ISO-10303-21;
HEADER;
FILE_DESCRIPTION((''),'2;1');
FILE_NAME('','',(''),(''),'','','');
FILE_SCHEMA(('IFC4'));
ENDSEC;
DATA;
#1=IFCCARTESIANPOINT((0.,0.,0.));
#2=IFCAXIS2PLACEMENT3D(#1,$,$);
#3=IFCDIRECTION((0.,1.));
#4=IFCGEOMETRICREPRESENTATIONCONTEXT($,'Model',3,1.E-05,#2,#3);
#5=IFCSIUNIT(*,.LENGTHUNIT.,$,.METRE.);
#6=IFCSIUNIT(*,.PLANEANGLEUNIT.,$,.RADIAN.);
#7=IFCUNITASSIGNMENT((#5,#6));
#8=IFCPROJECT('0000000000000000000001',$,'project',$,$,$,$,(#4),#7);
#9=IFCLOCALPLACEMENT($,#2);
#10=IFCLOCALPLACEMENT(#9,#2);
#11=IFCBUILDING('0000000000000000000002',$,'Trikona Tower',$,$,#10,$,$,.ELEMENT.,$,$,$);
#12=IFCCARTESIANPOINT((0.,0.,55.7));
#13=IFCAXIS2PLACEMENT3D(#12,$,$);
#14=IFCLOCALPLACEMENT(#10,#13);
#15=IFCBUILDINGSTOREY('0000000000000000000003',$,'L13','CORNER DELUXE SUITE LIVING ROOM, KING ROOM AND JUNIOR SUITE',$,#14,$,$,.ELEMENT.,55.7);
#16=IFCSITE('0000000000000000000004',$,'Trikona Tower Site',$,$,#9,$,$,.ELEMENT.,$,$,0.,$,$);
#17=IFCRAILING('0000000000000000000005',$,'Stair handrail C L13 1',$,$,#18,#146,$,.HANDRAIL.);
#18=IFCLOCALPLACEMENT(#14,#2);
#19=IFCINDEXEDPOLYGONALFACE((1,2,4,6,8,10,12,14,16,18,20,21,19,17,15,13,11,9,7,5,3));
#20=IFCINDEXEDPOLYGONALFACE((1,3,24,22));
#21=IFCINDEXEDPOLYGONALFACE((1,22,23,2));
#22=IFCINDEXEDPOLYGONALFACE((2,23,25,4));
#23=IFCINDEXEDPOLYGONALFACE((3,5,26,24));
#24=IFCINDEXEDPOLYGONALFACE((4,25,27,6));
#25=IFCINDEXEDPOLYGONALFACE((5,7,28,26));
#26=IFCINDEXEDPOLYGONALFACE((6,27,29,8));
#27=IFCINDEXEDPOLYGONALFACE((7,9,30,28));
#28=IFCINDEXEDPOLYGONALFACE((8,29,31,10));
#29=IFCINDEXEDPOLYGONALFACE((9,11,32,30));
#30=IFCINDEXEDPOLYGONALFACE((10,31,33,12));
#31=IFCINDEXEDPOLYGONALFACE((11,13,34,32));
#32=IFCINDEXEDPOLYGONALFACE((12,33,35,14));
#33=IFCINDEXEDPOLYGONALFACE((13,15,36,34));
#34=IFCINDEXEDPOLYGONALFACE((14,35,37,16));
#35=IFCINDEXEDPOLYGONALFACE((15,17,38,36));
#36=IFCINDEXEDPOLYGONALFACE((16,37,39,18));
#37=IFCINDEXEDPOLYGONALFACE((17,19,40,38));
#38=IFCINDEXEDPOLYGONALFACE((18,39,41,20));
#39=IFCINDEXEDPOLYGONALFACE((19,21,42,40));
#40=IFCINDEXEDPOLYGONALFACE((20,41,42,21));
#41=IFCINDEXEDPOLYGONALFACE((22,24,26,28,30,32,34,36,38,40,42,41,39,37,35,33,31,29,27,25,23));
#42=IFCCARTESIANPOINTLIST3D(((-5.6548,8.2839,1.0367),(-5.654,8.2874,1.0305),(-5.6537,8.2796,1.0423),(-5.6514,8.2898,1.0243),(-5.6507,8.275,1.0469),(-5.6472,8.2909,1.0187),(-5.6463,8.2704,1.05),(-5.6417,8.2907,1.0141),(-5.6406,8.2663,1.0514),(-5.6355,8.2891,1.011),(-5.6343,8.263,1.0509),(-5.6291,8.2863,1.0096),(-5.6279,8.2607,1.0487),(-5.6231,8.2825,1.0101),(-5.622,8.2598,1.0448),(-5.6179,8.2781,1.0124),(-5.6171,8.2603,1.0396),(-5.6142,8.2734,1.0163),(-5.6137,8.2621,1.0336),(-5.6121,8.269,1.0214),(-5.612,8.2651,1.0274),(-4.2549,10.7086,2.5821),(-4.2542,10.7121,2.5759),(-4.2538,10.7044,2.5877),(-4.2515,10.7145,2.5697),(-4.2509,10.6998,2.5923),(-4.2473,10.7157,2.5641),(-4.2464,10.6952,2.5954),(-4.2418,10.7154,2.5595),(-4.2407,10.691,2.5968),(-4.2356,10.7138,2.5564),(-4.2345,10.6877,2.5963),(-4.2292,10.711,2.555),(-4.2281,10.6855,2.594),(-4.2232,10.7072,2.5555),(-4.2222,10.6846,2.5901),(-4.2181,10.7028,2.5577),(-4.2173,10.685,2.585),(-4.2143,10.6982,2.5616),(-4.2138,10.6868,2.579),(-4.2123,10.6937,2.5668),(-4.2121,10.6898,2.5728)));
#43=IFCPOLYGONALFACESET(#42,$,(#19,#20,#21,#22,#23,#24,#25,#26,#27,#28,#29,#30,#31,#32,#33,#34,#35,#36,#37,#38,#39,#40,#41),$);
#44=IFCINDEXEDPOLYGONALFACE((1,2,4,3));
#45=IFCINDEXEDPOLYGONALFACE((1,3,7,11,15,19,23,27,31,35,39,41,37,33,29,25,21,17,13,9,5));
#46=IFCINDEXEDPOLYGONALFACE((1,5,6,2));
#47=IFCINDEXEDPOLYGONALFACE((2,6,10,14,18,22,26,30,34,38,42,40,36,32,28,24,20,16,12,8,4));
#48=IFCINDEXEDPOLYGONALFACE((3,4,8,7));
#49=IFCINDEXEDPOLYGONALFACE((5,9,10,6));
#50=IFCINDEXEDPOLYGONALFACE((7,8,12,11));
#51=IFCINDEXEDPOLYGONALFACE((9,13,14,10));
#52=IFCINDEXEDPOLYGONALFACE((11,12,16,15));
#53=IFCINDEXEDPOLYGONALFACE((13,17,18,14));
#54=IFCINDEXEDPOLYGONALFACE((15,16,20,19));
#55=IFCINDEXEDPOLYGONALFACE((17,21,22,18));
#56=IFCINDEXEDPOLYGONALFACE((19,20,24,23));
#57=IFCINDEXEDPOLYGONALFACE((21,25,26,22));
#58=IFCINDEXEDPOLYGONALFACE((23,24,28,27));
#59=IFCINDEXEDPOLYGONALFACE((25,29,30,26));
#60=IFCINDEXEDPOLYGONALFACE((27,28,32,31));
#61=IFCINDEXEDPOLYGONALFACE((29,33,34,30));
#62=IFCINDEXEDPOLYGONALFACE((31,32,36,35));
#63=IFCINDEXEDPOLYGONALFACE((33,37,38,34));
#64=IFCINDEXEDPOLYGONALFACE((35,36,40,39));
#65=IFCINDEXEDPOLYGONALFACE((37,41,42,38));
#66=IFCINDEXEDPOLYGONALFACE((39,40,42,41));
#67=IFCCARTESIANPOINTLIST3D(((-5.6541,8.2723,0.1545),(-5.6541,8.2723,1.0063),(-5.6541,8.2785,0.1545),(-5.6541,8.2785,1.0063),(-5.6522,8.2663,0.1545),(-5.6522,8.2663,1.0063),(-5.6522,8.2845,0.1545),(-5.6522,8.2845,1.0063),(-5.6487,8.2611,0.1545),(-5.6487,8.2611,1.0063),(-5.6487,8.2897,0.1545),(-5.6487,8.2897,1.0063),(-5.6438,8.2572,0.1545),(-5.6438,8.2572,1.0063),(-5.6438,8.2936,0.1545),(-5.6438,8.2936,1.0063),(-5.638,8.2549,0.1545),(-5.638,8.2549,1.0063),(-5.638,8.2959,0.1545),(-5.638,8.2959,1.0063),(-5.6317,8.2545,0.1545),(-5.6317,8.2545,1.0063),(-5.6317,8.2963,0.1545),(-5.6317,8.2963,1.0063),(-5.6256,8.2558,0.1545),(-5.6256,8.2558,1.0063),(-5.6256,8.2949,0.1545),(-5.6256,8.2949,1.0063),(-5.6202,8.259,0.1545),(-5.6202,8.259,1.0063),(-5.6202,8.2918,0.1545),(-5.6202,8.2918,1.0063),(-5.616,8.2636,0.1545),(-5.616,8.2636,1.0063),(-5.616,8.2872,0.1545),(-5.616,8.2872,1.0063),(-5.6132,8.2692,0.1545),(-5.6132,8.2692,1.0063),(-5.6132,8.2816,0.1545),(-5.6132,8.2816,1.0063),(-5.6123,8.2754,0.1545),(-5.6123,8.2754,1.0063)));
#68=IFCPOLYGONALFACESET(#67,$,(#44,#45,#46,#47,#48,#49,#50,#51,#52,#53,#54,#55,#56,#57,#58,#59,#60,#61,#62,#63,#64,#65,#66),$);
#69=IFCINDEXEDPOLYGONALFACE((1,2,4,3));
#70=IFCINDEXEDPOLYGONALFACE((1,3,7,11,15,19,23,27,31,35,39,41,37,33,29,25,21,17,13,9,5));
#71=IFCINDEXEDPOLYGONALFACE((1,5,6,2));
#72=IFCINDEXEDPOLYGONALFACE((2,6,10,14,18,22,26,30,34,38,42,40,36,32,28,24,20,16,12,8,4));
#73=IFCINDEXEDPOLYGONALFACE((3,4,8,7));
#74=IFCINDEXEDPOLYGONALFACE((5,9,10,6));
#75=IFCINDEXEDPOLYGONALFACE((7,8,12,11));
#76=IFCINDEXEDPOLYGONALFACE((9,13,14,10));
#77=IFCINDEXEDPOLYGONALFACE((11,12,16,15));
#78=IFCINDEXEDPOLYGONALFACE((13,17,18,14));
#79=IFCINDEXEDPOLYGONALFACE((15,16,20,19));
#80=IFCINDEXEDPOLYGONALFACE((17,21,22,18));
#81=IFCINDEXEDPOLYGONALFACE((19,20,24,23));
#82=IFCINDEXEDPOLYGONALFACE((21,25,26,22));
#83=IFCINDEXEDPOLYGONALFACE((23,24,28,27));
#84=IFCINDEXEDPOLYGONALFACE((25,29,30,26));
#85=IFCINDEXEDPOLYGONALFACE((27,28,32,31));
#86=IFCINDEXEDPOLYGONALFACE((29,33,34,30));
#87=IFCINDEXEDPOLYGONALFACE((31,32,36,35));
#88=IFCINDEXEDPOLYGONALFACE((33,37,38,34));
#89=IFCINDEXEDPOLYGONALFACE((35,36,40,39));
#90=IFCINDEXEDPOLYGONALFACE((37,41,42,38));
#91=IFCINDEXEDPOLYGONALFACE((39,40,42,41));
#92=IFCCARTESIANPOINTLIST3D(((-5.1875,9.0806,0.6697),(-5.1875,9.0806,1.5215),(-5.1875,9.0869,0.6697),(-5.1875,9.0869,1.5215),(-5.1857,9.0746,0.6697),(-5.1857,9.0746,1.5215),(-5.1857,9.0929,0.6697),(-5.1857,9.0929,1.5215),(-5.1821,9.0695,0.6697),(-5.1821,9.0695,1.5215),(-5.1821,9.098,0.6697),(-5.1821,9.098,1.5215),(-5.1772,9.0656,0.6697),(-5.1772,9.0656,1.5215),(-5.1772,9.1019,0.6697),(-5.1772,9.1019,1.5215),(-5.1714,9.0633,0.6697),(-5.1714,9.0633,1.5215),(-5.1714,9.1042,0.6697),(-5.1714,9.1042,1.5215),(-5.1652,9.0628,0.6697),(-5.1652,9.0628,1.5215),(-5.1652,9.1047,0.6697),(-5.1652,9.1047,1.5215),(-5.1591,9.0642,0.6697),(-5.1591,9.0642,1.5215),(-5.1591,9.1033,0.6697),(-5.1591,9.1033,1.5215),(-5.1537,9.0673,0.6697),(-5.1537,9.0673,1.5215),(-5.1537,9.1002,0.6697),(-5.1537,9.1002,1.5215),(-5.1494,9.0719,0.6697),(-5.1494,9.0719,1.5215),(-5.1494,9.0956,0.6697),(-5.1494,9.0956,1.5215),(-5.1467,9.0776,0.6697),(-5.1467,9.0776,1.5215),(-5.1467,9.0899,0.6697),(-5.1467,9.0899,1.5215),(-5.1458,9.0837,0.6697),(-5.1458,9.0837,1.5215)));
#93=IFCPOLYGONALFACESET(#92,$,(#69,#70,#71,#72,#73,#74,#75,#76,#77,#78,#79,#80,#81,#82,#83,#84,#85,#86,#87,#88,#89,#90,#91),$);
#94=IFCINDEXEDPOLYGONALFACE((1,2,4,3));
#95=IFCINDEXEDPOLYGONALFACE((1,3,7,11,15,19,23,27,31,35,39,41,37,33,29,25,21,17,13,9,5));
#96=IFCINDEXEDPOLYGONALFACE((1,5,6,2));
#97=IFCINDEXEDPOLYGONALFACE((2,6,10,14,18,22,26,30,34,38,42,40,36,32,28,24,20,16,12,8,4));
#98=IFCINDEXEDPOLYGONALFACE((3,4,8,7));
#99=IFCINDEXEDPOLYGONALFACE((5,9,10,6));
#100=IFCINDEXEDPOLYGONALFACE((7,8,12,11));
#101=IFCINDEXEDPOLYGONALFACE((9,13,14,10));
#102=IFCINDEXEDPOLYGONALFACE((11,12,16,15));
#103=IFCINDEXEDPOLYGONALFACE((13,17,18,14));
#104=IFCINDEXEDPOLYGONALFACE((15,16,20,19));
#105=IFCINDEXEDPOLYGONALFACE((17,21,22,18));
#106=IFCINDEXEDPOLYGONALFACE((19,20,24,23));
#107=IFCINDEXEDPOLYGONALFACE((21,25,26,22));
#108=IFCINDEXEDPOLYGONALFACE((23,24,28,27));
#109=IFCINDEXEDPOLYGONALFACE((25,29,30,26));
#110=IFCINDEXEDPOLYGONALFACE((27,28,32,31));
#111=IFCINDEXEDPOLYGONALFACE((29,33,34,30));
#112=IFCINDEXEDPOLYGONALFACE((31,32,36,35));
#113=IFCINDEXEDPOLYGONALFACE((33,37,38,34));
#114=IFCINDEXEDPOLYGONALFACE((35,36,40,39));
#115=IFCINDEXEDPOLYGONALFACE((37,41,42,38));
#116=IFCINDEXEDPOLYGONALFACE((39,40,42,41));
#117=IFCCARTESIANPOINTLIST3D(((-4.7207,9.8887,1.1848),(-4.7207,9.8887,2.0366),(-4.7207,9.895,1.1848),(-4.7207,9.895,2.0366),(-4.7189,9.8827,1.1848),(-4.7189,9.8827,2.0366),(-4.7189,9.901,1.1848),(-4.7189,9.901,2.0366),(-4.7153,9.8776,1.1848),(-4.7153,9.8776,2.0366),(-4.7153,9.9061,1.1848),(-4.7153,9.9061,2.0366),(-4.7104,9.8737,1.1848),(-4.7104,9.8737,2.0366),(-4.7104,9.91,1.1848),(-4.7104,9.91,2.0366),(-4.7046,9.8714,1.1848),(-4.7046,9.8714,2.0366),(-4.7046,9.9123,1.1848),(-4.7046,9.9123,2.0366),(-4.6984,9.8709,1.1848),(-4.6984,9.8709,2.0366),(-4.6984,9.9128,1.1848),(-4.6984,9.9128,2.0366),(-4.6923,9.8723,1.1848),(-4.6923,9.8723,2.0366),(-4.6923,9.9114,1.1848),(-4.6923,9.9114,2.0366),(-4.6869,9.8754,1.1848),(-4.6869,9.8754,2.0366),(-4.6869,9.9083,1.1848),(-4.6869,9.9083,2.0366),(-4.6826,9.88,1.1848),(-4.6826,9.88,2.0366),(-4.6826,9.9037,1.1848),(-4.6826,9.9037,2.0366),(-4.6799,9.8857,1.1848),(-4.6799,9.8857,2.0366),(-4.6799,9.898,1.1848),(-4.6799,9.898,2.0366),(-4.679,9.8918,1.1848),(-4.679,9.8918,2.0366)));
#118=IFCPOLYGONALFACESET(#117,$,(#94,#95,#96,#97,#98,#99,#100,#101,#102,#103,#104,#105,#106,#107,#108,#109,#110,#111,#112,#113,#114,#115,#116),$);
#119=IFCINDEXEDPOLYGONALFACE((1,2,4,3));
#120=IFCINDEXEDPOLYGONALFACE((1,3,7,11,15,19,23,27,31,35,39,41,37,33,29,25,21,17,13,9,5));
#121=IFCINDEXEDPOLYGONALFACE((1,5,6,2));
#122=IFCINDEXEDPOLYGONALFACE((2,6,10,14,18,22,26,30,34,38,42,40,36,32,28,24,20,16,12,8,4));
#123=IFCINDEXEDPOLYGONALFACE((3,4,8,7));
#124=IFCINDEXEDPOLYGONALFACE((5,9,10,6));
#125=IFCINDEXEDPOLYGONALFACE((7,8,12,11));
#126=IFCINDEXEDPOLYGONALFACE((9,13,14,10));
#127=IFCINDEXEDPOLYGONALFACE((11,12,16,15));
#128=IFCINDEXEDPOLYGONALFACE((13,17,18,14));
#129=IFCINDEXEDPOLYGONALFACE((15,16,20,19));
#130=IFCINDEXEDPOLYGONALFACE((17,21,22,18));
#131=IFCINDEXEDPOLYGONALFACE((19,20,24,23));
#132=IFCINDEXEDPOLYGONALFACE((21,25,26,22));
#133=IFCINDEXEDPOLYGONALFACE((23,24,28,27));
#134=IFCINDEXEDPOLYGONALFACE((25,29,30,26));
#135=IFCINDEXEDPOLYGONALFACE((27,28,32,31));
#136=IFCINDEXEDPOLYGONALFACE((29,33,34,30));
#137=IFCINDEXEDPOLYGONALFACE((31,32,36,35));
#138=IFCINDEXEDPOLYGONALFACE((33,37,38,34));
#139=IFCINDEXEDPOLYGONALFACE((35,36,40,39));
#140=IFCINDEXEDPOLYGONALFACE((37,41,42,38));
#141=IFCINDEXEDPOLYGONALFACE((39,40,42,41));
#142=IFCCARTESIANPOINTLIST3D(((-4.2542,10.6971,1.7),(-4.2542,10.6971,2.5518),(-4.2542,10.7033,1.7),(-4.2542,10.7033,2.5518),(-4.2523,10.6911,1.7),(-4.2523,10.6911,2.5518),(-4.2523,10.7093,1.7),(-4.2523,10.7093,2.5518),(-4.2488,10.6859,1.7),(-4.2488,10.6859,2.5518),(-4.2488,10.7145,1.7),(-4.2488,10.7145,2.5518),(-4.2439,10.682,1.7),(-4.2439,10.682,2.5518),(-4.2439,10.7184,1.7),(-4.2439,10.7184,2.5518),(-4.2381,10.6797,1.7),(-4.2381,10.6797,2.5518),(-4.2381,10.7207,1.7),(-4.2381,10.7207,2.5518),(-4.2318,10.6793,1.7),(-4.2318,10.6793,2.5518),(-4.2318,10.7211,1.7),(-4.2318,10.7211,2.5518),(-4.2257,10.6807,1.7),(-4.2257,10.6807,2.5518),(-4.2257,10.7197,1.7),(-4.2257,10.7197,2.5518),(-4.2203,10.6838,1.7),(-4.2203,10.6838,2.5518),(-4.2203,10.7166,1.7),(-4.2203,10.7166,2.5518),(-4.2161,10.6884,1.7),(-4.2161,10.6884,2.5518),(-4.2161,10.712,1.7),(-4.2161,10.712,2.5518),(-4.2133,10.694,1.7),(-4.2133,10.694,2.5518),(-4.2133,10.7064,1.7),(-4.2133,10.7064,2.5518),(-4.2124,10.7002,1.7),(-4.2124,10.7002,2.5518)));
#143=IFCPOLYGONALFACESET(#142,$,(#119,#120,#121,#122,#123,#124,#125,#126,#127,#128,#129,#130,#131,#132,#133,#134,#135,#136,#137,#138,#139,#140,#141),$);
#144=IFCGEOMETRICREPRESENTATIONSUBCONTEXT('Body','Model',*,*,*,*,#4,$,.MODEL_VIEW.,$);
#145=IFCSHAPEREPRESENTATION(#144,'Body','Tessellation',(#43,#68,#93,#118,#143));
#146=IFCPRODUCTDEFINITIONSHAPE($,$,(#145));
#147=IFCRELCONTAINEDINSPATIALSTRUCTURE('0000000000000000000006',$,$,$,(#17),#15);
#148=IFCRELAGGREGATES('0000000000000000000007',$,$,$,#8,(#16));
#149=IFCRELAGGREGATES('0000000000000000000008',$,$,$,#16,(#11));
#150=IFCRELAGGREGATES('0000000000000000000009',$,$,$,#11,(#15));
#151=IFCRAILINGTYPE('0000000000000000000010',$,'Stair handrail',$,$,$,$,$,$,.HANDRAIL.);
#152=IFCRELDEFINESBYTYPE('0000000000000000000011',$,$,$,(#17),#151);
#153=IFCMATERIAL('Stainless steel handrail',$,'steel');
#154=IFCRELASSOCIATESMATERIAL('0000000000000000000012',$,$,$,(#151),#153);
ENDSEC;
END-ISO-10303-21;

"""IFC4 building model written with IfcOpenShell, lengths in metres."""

from ifc_helpers import new_model, si_unit, direction, frame, origin, origin_2d, place, context, subcontext, project, spatial, circle, extrude, material, type_object, element, save


model = new_model("IFC4")

# Units and contexts
model_context = context("Model", 3, precision=1e-05, world=origin(), true_north=direction((0.0, 1.0)))
body_context = subcontext(model_context, "Body", "Model", "MODEL_VIEW")
ifc_project = project(units=[si_unit("LENGTHUNIT", "METRE"), si_unit("PLANEANGLEUNIT", "RADIAN")], contexts=[model_context])

# Site, building, storey
site_placement = place(None, origin())
site = spatial("IfcSite", under=ifc_project, at=site_placement, Name="Trikona Tower Site", CompositionType="ELEMENT", RefElevation=0.0)
building_placement = place(site_placement, origin())
building = spatial("IfcBuilding", under=site, at=building_placement, Name="Trikona Tower", CompositionType="ELEMENT")
storey_placement = place(building_placement, frame((0.0, 0.0, 55.7)))
storey = spatial("IfcBuildingStorey", under=building, at=storey_placement, Name="L13", Description="CORNER DELUXE SUITE LIVING ROOM, KING ROOM AND JUNIOR SUITE", CompositionType="ELEMENT", Elevation=55.7)

# Railing
ifc_material_1 = material(Name="Stainless steel handrail", Category="steel")
railing_type = type_object("IfcRailingType", Name="Stair handrail", PredefinedType="HANDRAIL", material=ifc_material_1)
railing_1_placement = place(storey_placement, frame((-5.6333, 8.2754, 0.1545)))
element("IfcRailing", 1, at=railing_1_placement, inside=storey, type_object=railing_type, Name="Stair handrail C L13 1", PredefinedType="HANDRAIL", context=body_context, shape_type="SweptSolid", body=[
    extrude(circle(Radius=0.0239, at=origin_2d()), frame((0.0, 0.0, 0.876), z_axis=(0.437733, 0.758207, 0.483231), x_axis=(-0.866035, 0.499984, 0.0)), (0.0, 0.0, 1.0), 3.198),
    extrude(circle(Radius=0.021, at=origin_2d()), origin(), (0.0, 0.0, 1.0), 0.8518),
    extrude(circle(Radius=0.021, at=origin_2d()), frame((0.4666, 0.8083, 0.5151)), (0.0, 0.0, 1.0), 0.8518),
    extrude(circle(Radius=0.021, at=origin_2d()), frame((0.9333, 1.6165, 1.0303)), (0.0, 0.0, 1.0), 0.8518),
    extrude(circle(Radius=0.021, at=origin_2d()), frame((1.3999, 2.4248, 1.5454)), (0.0, 0.0, 1.0), 0.8518),
])

save(model, "model.ifc")
